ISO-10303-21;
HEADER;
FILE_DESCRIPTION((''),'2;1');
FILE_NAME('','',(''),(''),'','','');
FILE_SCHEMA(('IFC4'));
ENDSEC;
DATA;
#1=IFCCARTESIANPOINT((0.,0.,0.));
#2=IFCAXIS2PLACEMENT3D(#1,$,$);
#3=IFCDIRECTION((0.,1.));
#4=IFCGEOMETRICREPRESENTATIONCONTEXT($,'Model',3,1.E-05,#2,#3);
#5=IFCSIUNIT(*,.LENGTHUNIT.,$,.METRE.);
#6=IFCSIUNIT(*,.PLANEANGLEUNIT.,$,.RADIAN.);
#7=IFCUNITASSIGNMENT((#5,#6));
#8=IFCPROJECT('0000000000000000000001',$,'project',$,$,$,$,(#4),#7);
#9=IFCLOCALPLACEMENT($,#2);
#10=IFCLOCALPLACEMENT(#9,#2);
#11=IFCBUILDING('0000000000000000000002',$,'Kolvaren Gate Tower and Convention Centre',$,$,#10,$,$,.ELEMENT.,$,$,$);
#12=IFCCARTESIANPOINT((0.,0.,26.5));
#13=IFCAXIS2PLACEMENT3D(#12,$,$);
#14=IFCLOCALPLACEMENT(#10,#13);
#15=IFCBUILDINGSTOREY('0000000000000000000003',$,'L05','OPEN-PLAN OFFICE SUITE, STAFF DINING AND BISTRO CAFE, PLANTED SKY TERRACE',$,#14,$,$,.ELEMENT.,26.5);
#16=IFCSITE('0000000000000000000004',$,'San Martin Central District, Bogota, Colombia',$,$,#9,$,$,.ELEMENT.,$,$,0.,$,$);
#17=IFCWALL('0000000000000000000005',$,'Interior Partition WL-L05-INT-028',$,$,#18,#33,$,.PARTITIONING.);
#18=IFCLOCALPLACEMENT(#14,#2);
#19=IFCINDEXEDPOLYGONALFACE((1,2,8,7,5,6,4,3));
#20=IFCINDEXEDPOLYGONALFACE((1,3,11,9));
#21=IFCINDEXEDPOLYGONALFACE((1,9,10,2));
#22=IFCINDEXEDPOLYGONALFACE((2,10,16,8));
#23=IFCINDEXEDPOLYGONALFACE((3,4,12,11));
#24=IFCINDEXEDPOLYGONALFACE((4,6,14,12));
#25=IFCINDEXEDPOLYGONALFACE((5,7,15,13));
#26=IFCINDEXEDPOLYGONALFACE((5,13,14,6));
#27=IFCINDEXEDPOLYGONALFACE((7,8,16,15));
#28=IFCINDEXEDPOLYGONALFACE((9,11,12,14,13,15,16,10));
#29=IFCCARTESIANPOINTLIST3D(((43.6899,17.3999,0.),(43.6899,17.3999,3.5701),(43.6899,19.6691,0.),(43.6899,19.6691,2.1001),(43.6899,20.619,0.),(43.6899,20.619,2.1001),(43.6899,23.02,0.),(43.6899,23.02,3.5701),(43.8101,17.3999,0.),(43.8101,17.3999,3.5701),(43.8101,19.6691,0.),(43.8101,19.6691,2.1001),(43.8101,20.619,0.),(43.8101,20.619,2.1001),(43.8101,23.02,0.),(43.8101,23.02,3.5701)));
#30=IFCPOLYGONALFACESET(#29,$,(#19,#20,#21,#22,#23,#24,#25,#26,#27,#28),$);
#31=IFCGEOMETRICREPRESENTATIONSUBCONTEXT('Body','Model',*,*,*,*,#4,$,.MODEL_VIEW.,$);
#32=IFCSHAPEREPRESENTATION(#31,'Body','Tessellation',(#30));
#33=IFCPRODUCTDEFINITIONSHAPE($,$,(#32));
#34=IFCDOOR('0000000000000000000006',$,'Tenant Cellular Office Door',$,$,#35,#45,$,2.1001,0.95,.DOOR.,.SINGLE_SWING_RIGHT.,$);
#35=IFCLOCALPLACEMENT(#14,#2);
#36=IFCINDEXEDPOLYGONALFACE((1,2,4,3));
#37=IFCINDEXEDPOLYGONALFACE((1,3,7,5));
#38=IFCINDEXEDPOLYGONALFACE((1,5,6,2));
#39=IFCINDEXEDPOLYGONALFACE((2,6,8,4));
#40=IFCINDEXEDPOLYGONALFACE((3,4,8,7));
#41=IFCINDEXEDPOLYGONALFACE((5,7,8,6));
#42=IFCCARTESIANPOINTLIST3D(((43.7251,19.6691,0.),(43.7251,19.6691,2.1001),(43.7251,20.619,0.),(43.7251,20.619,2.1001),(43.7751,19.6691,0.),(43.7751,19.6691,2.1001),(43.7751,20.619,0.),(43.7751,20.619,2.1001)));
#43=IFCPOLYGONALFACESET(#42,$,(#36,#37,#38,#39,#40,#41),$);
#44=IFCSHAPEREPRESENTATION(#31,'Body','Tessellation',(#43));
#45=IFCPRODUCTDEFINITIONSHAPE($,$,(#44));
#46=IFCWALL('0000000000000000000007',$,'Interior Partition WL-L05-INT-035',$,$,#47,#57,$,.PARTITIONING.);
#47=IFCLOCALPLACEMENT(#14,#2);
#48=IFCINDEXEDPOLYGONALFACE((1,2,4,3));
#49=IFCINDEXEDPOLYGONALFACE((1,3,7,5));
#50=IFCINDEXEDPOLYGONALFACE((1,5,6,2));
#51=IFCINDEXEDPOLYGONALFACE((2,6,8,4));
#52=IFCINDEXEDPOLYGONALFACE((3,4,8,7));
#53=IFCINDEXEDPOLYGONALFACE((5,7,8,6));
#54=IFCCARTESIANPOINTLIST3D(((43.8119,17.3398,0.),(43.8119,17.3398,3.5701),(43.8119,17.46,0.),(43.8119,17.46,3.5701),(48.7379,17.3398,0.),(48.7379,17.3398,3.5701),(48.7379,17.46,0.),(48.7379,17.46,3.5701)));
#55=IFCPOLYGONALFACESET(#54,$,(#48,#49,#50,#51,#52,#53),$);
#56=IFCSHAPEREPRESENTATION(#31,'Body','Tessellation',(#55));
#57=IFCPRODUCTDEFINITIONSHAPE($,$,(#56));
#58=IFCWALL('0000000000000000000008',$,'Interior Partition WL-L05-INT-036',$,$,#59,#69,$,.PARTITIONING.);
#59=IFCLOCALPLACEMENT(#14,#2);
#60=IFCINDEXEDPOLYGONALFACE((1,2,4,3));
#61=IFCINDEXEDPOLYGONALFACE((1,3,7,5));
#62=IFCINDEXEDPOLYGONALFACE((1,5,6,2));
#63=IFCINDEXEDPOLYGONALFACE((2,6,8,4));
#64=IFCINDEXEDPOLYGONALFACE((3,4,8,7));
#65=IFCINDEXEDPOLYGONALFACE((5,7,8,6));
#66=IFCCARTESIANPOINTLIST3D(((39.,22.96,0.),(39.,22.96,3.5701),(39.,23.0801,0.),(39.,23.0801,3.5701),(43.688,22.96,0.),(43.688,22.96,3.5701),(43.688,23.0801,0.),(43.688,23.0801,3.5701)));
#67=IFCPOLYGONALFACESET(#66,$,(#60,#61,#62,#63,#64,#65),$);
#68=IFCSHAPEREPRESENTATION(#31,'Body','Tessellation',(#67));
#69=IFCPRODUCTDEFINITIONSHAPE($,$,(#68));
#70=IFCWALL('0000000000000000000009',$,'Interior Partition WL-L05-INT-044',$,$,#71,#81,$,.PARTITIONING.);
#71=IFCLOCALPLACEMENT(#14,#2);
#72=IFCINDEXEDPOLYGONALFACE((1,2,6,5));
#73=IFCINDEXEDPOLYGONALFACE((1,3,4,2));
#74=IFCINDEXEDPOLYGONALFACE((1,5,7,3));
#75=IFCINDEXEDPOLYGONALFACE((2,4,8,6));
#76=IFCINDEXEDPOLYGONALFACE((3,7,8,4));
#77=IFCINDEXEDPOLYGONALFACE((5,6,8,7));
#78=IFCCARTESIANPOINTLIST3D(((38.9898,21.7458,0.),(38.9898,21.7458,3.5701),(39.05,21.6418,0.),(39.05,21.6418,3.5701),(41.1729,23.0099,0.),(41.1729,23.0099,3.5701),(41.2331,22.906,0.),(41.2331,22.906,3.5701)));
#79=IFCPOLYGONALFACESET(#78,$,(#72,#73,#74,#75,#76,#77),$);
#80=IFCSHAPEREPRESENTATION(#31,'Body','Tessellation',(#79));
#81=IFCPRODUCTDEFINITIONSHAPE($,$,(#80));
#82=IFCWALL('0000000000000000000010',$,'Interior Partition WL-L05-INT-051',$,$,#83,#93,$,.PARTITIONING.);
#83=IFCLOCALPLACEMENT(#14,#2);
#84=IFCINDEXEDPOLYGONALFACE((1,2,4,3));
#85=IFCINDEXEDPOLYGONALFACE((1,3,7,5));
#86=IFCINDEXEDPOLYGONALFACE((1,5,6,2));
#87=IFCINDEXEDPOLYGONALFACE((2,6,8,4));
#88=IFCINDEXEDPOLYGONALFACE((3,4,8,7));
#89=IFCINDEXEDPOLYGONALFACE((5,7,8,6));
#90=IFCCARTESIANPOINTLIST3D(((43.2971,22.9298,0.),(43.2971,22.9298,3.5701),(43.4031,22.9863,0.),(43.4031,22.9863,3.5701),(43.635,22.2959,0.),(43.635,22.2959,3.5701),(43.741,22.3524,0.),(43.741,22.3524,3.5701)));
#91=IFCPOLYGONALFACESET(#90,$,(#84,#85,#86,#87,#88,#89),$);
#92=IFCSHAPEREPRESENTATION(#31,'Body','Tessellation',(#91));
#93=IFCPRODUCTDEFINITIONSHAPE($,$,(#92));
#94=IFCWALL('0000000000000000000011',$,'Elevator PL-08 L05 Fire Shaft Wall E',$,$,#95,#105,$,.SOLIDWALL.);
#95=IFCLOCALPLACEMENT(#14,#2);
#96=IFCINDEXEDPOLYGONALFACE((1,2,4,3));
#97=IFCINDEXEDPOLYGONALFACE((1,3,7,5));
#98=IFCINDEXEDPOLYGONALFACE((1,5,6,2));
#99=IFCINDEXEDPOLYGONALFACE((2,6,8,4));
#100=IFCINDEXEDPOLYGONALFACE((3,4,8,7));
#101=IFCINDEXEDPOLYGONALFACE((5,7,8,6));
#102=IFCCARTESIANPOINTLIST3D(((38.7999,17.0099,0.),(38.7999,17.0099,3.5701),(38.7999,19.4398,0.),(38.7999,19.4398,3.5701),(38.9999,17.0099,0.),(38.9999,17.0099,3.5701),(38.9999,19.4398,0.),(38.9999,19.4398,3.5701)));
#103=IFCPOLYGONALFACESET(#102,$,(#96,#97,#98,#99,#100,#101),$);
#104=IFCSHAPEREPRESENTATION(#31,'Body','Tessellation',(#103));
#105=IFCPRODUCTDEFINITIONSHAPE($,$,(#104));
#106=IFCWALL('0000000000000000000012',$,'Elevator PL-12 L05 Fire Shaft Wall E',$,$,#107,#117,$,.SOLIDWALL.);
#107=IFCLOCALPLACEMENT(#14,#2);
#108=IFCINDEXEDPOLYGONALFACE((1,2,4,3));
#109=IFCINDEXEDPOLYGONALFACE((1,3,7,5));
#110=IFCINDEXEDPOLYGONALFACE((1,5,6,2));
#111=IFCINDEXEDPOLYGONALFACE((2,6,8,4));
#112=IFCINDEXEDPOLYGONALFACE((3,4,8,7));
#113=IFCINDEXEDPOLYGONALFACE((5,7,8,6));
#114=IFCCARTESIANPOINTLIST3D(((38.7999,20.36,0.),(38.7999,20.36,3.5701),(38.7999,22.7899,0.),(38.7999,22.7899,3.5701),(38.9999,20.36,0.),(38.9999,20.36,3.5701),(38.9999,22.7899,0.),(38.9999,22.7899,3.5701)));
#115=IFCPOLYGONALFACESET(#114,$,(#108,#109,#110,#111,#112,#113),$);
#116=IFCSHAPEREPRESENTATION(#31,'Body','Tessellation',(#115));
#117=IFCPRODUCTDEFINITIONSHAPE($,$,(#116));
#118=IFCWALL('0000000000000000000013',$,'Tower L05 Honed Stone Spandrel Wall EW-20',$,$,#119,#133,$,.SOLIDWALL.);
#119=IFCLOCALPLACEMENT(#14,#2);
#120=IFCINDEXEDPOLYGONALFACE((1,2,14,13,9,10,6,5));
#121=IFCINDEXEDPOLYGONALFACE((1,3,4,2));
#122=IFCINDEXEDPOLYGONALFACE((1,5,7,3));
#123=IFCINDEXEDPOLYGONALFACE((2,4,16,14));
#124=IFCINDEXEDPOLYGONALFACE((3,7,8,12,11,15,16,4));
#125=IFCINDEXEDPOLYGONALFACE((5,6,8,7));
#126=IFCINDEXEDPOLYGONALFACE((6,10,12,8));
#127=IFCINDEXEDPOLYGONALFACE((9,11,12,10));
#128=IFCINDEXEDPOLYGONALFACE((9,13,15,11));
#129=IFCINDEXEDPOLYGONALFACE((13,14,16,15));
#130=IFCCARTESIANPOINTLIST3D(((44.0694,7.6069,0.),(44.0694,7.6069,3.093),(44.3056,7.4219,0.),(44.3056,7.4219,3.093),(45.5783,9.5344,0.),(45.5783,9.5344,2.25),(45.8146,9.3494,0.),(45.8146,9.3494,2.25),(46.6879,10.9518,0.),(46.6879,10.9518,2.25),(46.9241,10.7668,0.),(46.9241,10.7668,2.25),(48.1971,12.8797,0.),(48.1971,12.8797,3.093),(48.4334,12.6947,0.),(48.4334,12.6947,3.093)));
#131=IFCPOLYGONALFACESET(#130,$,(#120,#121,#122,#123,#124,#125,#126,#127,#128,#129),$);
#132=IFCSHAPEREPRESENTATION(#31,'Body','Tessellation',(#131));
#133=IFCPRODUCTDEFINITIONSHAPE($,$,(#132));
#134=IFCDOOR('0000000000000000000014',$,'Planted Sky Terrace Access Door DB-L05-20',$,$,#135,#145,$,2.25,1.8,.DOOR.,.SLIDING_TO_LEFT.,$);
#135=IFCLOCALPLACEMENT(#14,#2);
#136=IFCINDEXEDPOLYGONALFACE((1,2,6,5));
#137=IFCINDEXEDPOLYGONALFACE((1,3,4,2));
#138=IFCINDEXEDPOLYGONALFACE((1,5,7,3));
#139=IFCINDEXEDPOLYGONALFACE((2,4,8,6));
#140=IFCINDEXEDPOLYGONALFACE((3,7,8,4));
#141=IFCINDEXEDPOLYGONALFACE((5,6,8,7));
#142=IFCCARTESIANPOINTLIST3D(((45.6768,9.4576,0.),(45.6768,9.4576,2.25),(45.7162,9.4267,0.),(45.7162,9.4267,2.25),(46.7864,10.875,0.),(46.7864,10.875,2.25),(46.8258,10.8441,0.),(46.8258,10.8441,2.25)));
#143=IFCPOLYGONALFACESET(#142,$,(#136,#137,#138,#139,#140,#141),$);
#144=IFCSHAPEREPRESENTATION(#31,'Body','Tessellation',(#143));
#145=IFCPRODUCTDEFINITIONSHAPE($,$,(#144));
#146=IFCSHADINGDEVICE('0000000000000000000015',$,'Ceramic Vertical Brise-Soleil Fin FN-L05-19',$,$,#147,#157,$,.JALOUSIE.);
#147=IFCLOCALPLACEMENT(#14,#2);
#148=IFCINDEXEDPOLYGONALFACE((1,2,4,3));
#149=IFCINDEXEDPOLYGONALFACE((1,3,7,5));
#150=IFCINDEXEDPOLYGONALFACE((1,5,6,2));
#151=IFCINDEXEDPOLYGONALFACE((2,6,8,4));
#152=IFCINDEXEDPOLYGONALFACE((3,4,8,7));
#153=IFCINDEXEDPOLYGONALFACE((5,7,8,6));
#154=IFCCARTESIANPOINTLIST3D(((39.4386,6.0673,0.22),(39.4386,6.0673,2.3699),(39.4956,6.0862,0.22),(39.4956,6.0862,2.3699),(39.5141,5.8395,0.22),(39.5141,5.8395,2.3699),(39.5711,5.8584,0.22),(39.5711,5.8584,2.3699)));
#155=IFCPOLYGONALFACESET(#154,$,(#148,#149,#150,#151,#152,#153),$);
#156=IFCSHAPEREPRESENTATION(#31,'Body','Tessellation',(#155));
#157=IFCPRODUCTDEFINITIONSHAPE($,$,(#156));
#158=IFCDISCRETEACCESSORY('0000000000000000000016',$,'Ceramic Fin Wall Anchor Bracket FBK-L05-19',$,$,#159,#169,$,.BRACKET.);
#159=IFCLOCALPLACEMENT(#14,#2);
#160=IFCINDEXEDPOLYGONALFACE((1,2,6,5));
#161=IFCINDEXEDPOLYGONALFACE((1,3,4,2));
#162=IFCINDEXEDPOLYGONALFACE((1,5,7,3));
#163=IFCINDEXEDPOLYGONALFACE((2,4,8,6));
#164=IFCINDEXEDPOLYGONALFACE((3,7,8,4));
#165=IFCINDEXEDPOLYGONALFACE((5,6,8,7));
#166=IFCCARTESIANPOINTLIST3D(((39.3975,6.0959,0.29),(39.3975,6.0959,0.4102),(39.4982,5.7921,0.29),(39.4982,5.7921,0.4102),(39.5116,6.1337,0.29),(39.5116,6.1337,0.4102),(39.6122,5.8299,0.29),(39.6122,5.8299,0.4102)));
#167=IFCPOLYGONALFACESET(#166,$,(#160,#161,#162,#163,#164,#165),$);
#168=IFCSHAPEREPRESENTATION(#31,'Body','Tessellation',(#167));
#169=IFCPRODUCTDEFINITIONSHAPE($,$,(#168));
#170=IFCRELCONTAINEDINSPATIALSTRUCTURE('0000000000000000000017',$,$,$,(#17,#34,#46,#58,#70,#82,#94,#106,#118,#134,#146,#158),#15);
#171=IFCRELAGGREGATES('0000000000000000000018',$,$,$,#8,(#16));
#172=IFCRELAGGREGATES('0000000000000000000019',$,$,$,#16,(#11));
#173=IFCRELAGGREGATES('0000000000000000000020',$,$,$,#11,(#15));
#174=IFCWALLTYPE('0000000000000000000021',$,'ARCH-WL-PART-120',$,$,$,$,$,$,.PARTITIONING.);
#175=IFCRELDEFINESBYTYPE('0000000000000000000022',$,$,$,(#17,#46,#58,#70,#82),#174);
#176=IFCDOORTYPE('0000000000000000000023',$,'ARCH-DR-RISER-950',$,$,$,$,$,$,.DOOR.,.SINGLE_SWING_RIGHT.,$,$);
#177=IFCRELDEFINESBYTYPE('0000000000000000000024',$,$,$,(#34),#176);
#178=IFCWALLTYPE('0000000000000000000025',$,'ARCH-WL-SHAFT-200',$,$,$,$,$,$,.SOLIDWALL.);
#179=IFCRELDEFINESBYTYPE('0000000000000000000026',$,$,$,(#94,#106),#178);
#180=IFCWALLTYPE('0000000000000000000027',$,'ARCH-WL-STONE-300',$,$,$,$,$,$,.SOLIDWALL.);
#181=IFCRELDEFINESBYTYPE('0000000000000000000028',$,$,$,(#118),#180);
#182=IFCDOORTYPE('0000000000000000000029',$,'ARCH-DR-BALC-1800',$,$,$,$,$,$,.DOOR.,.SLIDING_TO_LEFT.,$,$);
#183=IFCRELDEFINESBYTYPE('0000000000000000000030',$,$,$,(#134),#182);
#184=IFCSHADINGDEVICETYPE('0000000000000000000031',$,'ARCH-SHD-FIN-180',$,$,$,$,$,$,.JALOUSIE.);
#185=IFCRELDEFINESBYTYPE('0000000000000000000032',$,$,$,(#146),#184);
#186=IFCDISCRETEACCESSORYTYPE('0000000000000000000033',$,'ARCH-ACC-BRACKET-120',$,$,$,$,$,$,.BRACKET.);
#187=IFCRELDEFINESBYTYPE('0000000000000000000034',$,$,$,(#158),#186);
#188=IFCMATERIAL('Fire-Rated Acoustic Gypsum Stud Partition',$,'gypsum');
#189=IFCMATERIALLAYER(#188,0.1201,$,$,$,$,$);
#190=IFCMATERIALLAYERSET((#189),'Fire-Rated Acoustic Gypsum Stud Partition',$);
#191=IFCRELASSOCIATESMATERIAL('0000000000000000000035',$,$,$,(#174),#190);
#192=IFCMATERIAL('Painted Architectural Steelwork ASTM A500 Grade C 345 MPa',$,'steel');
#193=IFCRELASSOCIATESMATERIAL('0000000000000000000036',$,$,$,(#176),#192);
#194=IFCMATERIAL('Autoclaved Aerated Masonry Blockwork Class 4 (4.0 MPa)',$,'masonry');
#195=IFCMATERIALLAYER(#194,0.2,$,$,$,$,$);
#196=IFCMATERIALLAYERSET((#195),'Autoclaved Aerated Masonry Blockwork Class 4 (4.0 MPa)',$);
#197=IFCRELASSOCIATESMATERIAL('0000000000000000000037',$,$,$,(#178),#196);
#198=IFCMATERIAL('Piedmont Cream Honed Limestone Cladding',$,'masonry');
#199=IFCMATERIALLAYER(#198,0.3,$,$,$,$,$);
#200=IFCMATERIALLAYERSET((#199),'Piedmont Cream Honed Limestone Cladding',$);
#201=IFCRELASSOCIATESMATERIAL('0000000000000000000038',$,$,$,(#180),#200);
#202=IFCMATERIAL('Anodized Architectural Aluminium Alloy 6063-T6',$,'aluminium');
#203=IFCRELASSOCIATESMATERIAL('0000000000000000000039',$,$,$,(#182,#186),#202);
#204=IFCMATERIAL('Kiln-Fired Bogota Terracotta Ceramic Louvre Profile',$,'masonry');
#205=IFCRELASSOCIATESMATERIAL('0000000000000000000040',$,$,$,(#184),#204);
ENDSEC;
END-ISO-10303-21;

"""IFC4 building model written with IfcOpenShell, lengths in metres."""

from ifc_helpers import new_model, si_unit, direction, frame, frame_2d, origin, origin_2d, place, context, subcontext, project, spatial, rectangle, extrude, material, layer, layer_set, type_object, element, fill, save


model = new_model("IFC4")

# Units and contexts
model_context = context("Model", 3, precision=1e-05, world=origin(), true_north=direction((0.0, 1.0)))
body_context = subcontext(model_context, "Body", "Model", "MODEL_VIEW")
ifc_project = project(units=[si_unit("LENGTHUNIT", "METRE"), si_unit("PLANEANGLEUNIT", "RADIAN")], contexts=[model_context])

# Site, building, storey
site_placement = place(None, origin())
site = spatial("IfcSite", under=ifc_project, at=site_placement, Name="San Martin Central District, Bogota, Colombia", CompositionType="ELEMENT", RefElevation=0.0)
building_placement = place(site_placement, origin())
building = spatial("IfcBuilding", under=site, at=building_placement, Name="Kolvaren Gate Tower and Convention Centre", CompositionType="ELEMENT")
storey_placement = place(building_placement, frame((0.0, 0.0, 26.5)))
storey = spatial("IfcBuildingStorey", under=building, at=storey_placement, Name="L05", Description="OPEN-PLAN OFFICE SUITE, STAFF DINING AND BISTRO CAFE, PLANTED SKY TERRACE", CompositionType="ELEMENT", Elevation=26.5)

# Shared definitions
ifc_material_1 = material(Name="Fire-Rated Acoustic Gypsum Stud Partition", Category="gypsum")
ifc_layer_1 = layer(ifc_material_1, 0.1201)
ifc_layer_set_1 = layer_set([ifc_layer_1], Name="Fire-Rated Acoustic Gypsum Stud Partition")
wall_type_1 = type_object("IfcWallType", Name="ARCH-WL-PART-120", PredefinedType="PARTITIONING", material=ifc_layer_set_1)

# Wall, opening, door
wall_1_placement = place(storey_placement, frame((43.75, 17.3999, 0.0), z_axis=(0.0, 0.0, 1.0), x_axis=(0.0, 1.0, 0.0)))
wall_1 = element("IfcWall", 1, at=wall_1_placement, inside=storey, type_object=wall_type_1, Name="Interior Partition WL-L05-INT-028", PredefinedType="PARTITIONING", context=body_context, shape_type="SweptSolid", body=[
    extrude(rectangle(XDim=5.6201, YDim=0.1201, at=frame_2d((2.8101, 0.0))), origin(), (0.0, 0.0, 1.0), 3.5701),
])
opening_1_placement = place(wall_1_placement, frame((2.269, 0.0, 0.0)))
opening_1 = element("IfcOpeningElement", 2, at=opening_1_placement, cuts=wall_1, PredefinedType="OPENING", context=body_context, shape_type="SweptSolid", body=[
    extrude(rectangle(XDim=0.95, YDim=2.1001, at=frame_2d((0.4751, 1.05))), frame((0.0, 0.0701, 0.0), z_axis=(0.0, -1.0, 0.0), x_axis=(1.0, 0.0, 0.0)), (0.0, 0.0, 1.0), 0.1401),
])
ifc_material_2 = material(Name="Painted Architectural Steelwork ASTM A500 Grade C 345 MPa", Category="steel")
door_type_1 = type_object("IfcDoorType", Name="ARCH-DR-RISER-950", OperationType="SINGLE_SWING_RIGHT", PredefinedType="DOOR", material=ifc_material_2)
door_1_placement = place(opening_1_placement, origin())
door_1 = element("IfcDoor", 3, at=door_1_placement, inside=storey, type_object=door_type_1, Name="Tenant Cellular Office Door", OperationType="SINGLE_SWING_RIGHT", OverallHeight=2.1001, OverallWidth=0.95, PredefinedType="DOOR", context=body_context, shape_type="SweptSolid", body=[
    extrude(rectangle(XDim=0.95, YDim=2.1001, at=frame_2d((0.4751, 1.05))), frame((0.0, 0.0249, 0.0), z_axis=(0.0, -1.0, 0.0), x_axis=(1.0, 0.0, 0.0)), (0.0, 0.0, 1.0), 0.05),
])
fill(opening_1, door_1)

# Walls
wall_2_placement = place(storey_placement, frame((43.812, 17.3999, 0.0), z_axis=(0.0, 0.0, 1.0), x_axis=(1.0, 0.0, 0.0)))
element("IfcWall", 4, at=wall_2_placement, inside=storey, type_object=wall_type_1, Name="Interior Partition WL-L05-INT-035", PredefinedType="PARTITIONING", context=body_context, shape_type="SweptSolid", body=[
    extrude(rectangle(XDim=4.926, YDim=0.1201, at=frame_2d((2.4629, 0.0))), origin(), (0.0, 0.0, 1.0), 3.5701),
])
wall_3_placement = place(storey_placement, frame((39.0, 23.02, 0.0), z_axis=(0.0, 0.0, 1.0), x_axis=(1.0, 0.0, 0.0)))
element("IfcWall", 5, at=wall_3_placement, inside=storey, type_object=wall_type_1, Name="Interior Partition WL-L05-INT-036", PredefinedType="PARTITIONING", context=body_context, shape_type="SweptSolid", body=[
    extrude(rectangle(XDim=4.688, YDim=0.1201, at=frame_2d((2.344, 0.0))), origin(), (0.0, 0.0, 1.0), 3.5701),
])
wall_4_placement = place(storey_placement, frame((39.02, 21.6938, 0.0), z_axis=(0.0, 0.0, 1.0), x_axis=(0.865382, 0.501113, 0.0)))
element("IfcWall", 6, at=wall_4_placement, inside=storey, type_object=wall_type_1, Name="Interior Partition WL-L05-INT-044", PredefinedType="PARTITIONING", context=body_context, shape_type="SweptSolid", body=[
    extrude(rectangle(XDim=2.5227, YDim=0.1201, at=frame_2d((1.2612, 0.0))), origin(), (0.0, 0.0, 1.0), 3.5701),
])
wall_5_placement = place(storey_placement, frame((43.3501, 22.958, 0.0), z_axis=(0.0, 0.0, 1.0), x_axis=(0.470447, -0.882428, 0.0)))
element("IfcWall", 7, at=wall_5_placement, inside=storey, type_object=wall_type_1, Name="Interior Partition WL-L05-INT-051", PredefinedType="PARTITIONING", context=body_context, shape_type="SweptSolid", body=[
    extrude(rectangle(XDim=0.7183, YDim=0.1201, at=frame_2d((0.3591, 0.0))), origin(), (0.0, 0.0, 1.0), 3.5701),
])
ifc_material_3 = material(Name="Autoclaved Aerated Masonry Blockwork Class 4 (4.0 MPa)", Category="masonry")
ifc_layer_2 = layer(ifc_material_3, 0.2)
ifc_layer_set_2 = layer_set([ifc_layer_2], Name="Autoclaved Aerated Masonry Blockwork Class 4 (4.0 MPa)")
wall_type_2 = type_object("IfcWallType", Name="ARCH-WL-SHAFT-200", PredefinedType="SOLIDWALL", material=ifc_layer_set_2)
for number, where, z_axis, x_axis, name in (
    (8, (38.8999, 17.01, 0.0), (0.0, 0.0, 1.0), (0.0, 1.0, 0.0), "Elevator PL-08 L05 Fire Shaft Wall E"),
    (9, (38.8999, 20.3601, 0.0), (0.0, 0.0, 1.0), (0.0, 1.0, 0.0), "Elevator PL-12 L05 Fire Shaft Wall E"),
):
    element("IfcWall", number, at=place(storey_placement, frame(where, z_axis=z_axis, x_axis=x_axis)), inside=storey, type_object=wall_type_2, Name=name, PredefinedType="SOLIDWALL", context=body_context, shape_type="SweptSolid", body=[
        extrude(rectangle(XDim=2.4299, YDim=0.2, at=frame_2d((1.2148, 0.0))), origin(), (0.0, 0.0, 1.0), 3.5701),
    ])

# Wall, opening, door
ifc_material_4 = material(Name="Piedmont Cream Honed Limestone Cladding", Category="masonry")
ifc_layer_3 = layer(ifc_material_4, 0.3)
ifc_layer_set_3 = layer_set([ifc_layer_3], Name="Piedmont Cream Honed Limestone Cladding")
wall_type_3 = type_object("IfcWallType", Name="ARCH-WL-STONE-300", PredefinedType="SOLIDWALL", material=ifc_layer_set_3)
wall_6_placement = place(storey_placement, frame((44.1875, 7.5144, 0.0), z_axis=(0.0, 0.0, 1.0), x_axis=(0.616421, 0.787417, 0.0)))
wall_6 = element("IfcWall", 10, at=wall_6_placement, inside=storey, type_object=wall_type_3, Name="Tower L05 Honed Stone Spandrel Wall EW-20", PredefinedType="SOLIDWALL", context=body_context, shape_type="SweptSolid", body=[
    extrude(rectangle(XDim=6.6963, YDim=0.3, at=frame_2d((3.3481, 0.0))), origin(), (0.0, 0.0, 1.0), 3.093),
])
opening_2_placement = place(wall_6_placement, frame((2.448, 0.0, 0.0)))
opening_2 = element("IfcOpeningElement", 11, at=opening_2_placement, cuts=wall_6, PredefinedType="OPENING", context=body_context, shape_type="SweptSolid", body=[
    extrude(rectangle(XDim=1.8, YDim=2.25, at=frame_2d((0.8999, 1.125))), frame((0.0, 0.1599, 0.0), z_axis=(0.0, -1.0, 0.0), x_axis=(1.0, 0.0, 0.0)), (0.0, 0.0, 1.0), 0.3201),
])
ifc_material_5 = material(Name="Anodized Architectural Aluminium Alloy 6063-T6", Category="aluminium")
door_type_2 = type_object("IfcDoorType", Name="ARCH-DR-BALC-1800", OperationType="SLIDING_TO_LEFT", PredefinedType="DOOR", material=ifc_material_5)
door_2_placement = place(opening_2_placement, frame((1.8, 0.0, 0.0), z_axis=(0.0, 0.0, 1.0), x_axis=(-1.0, 0.0, 0.0)))
door_2 = element("IfcDoor", 12, at=door_2_placement, inside=storey, type_object=door_type_2, Name="Planted Sky Terrace Access Door DB-L05-20", OperationType="SLIDING_TO_LEFT", OverallHeight=2.25, OverallWidth=1.8, PredefinedType="DOOR", context=body_context, shape_type="SweptSolid", body=[
    extrude(rectangle(XDim=1.8, YDim=2.25, at=frame_2d((0.8999, 1.125))), frame((0.0, 0.0249, 0.0), z_axis=(0.0, -1.0, 0.0), x_axis=(1.0, 0.0, 0.0)), (0.0, 0.0, 1.0), 0.05),
])
fill(opening_2, door_2)

# Shading device
ifc_material_6 = material(Name="Kiln-Fired Bogota Terracotta Ceramic Louvre Profile", Category="masonry")
shading_device_type = type_object("IfcShadingDeviceType", Name="ARCH-SHD-FIN-180", PredefinedType="JALOUSIE", material=ifc_material_6)
shading_device_placement = place(storey_placement, frame((39.5049, 5.9629, 0.22), z_axis=(0.0, 0.0, 1.0), x_axis=(0.949243, 0.314544, 0.0)))
element("IfcShadingDevice", 13, at=shading_device_placement, inside=storey, type_object=shading_device_type, Name="Ceramic Vertical Brise-Soleil Fin FN-L05-19", PredefinedType="JALOUSIE", context=body_context, shape_type="SweptSolid", body=[
    extrude(rectangle(XDim=0.0601, YDim=0.24, at=origin_2d()), origin(), (0.0, 0.0, 1.0), 2.1499),
])

# Discrete accessory
discrete_accessory_type = type_object("IfcDiscreteAccessoryType", Name="ARCH-ACC-BRACKET-120", PredefinedType="BRACKET", material=ifc_material_5)
discrete_accessory_placement = place(storey_placement, frame((39.5049, 5.9629, 0.29), z_axis=(0.0, 0.0, 1.0), x_axis=(0.949243, 0.314544, 0.0)))
element("IfcDiscreteAccessory", 14, at=discrete_accessory_placement, inside=storey, type_object=discrete_accessory_type, Name="Ceramic Fin Wall Anchor Bracket FBK-L05-19", PredefinedType="BRACKET", context=body_context, shape_type="SweptSolid", body=[
    extrude(rectangle(XDim=0.1201, YDim=0.3201, at=origin_2d()), origin(), (0.0, 0.0, 1.0), 0.1201),
])

save(model, "model.ifc")
